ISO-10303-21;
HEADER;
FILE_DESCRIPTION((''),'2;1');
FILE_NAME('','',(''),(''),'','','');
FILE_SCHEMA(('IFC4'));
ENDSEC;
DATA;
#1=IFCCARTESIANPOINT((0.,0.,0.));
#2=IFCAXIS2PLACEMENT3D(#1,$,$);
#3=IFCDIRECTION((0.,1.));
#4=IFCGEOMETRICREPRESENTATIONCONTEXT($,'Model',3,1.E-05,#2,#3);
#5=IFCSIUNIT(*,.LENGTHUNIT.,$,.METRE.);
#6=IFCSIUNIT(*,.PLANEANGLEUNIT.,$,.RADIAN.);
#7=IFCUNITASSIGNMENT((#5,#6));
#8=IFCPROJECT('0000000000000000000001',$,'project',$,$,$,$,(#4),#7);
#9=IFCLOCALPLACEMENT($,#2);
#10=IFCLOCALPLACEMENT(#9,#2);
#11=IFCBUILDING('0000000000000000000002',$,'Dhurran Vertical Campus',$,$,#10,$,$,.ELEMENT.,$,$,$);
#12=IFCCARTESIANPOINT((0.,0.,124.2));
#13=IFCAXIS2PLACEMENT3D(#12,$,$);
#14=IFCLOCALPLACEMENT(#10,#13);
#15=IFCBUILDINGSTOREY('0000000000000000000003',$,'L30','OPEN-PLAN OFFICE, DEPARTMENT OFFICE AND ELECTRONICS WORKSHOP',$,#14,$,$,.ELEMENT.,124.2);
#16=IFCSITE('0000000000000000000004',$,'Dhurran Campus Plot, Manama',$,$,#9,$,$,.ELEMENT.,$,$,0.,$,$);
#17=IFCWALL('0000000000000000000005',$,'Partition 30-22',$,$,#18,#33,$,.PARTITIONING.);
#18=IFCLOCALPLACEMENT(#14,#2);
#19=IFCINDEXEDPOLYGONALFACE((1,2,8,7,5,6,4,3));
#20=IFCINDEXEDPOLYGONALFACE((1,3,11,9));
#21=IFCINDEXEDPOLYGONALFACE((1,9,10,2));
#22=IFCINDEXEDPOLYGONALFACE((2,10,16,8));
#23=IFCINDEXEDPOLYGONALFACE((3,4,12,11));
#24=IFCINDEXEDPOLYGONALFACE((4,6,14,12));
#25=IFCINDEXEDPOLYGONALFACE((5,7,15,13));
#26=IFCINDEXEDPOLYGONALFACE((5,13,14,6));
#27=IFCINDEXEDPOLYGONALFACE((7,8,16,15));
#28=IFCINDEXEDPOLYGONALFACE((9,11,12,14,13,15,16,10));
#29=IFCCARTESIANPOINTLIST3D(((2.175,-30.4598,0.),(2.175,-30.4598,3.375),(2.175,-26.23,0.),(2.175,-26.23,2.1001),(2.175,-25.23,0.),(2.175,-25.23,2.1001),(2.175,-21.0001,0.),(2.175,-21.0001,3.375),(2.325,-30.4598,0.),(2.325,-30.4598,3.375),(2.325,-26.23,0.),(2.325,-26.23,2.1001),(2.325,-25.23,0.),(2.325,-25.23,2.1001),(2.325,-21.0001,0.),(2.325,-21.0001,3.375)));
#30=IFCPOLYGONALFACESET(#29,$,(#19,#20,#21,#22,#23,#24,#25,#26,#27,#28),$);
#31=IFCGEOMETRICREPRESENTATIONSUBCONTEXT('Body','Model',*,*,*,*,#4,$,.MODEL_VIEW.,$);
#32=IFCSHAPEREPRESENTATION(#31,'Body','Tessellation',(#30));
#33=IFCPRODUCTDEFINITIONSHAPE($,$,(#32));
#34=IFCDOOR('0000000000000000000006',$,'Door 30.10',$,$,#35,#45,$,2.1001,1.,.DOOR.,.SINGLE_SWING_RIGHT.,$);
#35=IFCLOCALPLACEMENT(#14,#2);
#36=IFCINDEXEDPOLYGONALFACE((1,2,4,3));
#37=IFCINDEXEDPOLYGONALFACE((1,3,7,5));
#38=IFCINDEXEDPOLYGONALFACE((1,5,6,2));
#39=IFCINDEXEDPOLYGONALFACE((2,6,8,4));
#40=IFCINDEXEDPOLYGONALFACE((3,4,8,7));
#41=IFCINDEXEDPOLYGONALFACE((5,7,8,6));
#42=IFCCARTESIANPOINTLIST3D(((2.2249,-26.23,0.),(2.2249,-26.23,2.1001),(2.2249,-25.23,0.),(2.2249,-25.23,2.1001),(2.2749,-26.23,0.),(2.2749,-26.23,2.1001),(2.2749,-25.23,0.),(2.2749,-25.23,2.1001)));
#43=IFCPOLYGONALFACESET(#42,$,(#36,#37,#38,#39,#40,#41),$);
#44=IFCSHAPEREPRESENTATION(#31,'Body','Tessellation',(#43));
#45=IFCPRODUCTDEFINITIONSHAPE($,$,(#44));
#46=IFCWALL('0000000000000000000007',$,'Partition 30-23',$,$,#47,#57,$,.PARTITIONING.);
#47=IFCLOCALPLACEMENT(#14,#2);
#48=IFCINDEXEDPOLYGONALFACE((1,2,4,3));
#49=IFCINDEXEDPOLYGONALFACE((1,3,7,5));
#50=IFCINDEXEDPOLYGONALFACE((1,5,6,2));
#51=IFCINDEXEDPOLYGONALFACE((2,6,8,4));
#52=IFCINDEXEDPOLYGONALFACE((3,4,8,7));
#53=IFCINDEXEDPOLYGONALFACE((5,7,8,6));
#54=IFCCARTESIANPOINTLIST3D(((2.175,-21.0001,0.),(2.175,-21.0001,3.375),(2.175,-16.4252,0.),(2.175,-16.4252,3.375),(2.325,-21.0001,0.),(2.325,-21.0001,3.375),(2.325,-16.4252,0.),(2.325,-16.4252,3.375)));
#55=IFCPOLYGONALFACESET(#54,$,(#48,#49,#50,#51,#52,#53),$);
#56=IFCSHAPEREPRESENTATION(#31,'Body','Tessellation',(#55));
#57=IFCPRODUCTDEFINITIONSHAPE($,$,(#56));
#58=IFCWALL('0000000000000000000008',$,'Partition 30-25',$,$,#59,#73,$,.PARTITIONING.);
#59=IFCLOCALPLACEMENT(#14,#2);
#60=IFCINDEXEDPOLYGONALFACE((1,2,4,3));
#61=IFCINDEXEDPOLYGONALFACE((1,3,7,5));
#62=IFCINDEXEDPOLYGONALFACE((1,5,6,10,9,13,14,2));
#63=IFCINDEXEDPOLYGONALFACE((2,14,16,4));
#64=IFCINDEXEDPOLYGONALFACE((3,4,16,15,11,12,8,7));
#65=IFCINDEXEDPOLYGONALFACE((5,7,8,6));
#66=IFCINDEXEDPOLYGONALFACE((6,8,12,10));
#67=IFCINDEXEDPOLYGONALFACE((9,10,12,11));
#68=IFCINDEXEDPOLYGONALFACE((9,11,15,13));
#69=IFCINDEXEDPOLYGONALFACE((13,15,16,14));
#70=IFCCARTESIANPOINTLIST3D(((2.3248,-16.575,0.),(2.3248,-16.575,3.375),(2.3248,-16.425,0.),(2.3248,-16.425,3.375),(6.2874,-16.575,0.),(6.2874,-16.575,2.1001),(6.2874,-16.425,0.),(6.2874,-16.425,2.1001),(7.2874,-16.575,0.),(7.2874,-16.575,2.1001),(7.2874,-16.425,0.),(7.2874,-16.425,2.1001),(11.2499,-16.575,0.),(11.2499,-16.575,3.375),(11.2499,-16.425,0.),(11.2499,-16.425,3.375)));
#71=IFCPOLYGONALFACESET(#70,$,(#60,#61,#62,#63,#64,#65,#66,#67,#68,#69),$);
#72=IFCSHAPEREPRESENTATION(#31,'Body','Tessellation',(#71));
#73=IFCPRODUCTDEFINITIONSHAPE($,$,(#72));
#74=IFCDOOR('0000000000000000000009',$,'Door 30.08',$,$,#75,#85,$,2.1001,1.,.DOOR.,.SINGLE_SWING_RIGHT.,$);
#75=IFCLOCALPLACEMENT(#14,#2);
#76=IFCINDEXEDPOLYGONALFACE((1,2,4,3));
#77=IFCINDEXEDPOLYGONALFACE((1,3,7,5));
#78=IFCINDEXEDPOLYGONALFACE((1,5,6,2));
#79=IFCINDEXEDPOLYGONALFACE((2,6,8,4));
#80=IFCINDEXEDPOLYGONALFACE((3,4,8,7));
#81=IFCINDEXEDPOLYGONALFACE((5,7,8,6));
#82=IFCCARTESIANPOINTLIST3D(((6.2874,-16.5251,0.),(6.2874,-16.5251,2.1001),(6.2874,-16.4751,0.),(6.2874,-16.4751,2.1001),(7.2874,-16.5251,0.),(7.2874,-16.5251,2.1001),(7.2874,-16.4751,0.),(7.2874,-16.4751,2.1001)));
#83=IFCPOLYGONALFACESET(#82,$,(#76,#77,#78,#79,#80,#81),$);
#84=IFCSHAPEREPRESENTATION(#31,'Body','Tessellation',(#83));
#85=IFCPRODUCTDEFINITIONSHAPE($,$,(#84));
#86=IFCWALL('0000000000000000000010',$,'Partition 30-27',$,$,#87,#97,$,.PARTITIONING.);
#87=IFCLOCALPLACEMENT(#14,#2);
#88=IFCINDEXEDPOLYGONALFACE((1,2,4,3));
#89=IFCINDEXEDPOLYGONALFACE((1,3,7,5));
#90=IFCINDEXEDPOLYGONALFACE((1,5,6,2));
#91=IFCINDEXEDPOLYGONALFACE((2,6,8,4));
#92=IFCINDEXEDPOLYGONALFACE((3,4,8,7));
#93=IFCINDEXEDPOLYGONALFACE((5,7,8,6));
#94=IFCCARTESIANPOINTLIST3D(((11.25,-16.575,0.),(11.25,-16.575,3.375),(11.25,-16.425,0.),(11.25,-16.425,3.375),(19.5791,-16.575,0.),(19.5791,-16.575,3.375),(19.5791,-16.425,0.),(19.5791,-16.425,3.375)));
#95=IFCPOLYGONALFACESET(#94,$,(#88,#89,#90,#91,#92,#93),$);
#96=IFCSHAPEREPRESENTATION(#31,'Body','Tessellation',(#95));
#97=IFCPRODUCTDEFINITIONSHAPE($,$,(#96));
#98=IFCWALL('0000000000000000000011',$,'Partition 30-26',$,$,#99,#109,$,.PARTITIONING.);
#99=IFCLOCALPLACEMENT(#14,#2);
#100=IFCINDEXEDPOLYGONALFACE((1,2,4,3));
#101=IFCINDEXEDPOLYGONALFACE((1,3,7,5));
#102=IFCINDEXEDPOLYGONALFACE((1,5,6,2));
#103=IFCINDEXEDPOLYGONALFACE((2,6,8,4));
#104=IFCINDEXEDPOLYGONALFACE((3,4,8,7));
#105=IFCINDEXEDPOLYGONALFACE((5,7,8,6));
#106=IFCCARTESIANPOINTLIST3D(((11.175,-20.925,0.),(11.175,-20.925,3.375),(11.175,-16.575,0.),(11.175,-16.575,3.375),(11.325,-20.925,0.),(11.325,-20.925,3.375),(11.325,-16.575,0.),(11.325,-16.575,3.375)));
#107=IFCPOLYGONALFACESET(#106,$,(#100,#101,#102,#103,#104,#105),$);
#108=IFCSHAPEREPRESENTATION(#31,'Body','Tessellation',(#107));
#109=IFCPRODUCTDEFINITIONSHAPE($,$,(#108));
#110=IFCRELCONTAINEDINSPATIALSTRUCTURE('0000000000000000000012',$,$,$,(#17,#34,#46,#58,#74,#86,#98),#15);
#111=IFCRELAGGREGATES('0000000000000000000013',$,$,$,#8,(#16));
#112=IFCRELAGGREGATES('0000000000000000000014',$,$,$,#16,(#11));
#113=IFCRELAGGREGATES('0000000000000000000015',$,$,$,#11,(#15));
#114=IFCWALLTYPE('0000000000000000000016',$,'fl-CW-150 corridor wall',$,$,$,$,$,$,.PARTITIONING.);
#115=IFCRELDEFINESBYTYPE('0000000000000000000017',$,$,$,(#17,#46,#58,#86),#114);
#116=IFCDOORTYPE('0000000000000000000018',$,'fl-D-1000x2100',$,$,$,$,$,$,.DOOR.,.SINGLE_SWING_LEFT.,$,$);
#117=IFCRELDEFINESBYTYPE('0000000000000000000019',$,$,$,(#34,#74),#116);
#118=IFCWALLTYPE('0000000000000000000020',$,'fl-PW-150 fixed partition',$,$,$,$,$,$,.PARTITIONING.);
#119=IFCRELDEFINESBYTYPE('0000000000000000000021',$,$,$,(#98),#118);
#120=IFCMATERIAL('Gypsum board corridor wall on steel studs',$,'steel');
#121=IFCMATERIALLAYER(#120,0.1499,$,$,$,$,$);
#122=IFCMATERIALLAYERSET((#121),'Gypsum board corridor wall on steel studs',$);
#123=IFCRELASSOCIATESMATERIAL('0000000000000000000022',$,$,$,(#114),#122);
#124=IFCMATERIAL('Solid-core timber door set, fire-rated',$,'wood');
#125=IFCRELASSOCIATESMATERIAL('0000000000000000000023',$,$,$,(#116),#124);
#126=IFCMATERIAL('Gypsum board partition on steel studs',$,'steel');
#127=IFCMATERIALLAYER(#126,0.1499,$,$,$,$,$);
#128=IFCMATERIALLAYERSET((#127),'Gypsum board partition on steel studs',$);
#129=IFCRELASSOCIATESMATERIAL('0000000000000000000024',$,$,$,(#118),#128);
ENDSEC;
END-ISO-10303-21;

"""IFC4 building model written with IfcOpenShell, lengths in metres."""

from ifc_helpers import new_model, si_unit, direction, frame, frame_2d, origin, place, context, subcontext, project, spatial, rectangle, extrude, material, layer, layer_set, type_object, element, fill, save


model = new_model("IFC4")

# Units and contexts
model_context = context("Model", 3, precision=1e-05, world=origin(), true_north=direction((0.0, 1.0)))
body_context = subcontext(model_context, "Body", "Model", "MODEL_VIEW")
ifc_project = project(units=[si_unit("LENGTHUNIT", "METRE"), si_unit("PLANEANGLEUNIT", "RADIAN")], contexts=[model_context])

# Site, building, storey
site_placement = place(None, origin())
site = spatial("IfcSite", under=ifc_project, at=site_placement, Name="Dhurran Campus Plot, Manama", CompositionType="ELEMENT", RefElevation=0.0)
building_placement = place(site_placement, origin())
building = spatial("IfcBuilding", under=site, at=building_placement, Name="Dhurran Vertical Campus", CompositionType="ELEMENT")
storey_placement = place(building_placement, frame((0.0, 0.0, 124.2)))
storey = spatial("IfcBuildingStorey", under=building, at=storey_placement, Name="L30", Description="OPEN-PLAN OFFICE, DEPARTMENT OFFICE AND ELECTRONICS WORKSHOP", CompositionType="ELEMENT", Elevation=124.2)

# Wall, opening, door
ifc_material_1 = material(Name="Gypsum board corridor wall on steel studs", Category="steel")
ifc_layer_1 = layer(ifc_material_1, 0.1499)
ifc_layer_set_1 = layer_set([ifc_layer_1], Name="Gypsum board corridor wall on steel studs")
wall_type_1 = type_object("IfcWallType", Name="fl-CW-150 corridor wall", PredefinedType="PARTITIONING", material=ifc_layer_set_1)
wall_1_placement = place(storey_placement, frame((2.25, -21.0, 0.0), z_axis=(0.0, 0.0, 1.0), x_axis=(0.0, -1.0, 0.0)))
wall_1 = element("IfcWall", 1, at=wall_1_placement, inside=storey, type_object=wall_type_1, Name="Partition 30-22", PredefinedType="PARTITIONING", context=body_context, shape_type="SweptSolid", body=[
    extrude(rectangle(XDim=9.4597, YDim=0.1499, at=frame_2d((4.73, 0.0))), origin(), (0.0, 0.0, 1.0), 3.375),
])
opening_1_placement = place(wall_1_placement, frame((4.23, 0.0, 0.0)))
opening_1 = element("IfcOpeningElement", 2, at=opening_1_placement, cuts=wall_1, PredefinedType="OPENING", context=body_context, shape_type="SweptSolid", body=[
    extrude(rectangle(XDim=1.0, YDim=2.1001, at=frame_2d((0.5, 1.05))), frame((0.0, 0.085, 0.0), z_axis=(0.0, -1.0, 0.0), x_axis=(1.0, 0.0, 0.0)), (0.0, 0.0, 1.0), 0.1699),
])
ifc_material_2 = material(Name="Solid-core timber door set, fire-rated", Category="wood")
door_type_1 = type_object("IfcDoorType", Name="fl-D-1000x2100", OperationType="SINGLE_SWING_LEFT", PredefinedType="DOOR", material=ifc_material_2)
door_1_placement = place(opening_1_placement, origin())
door_1 = element("IfcDoor", 3, at=door_1_placement, inside=storey, type_object=door_type_1, Name="Door 30.10", OperationType="SINGLE_SWING_RIGHT", OverallHeight=2.1001, OverallWidth=1.0, PredefinedType="DOOR", context=body_context, shape_type="SweptSolid", body=[
    extrude(rectangle(XDim=1.0, YDim=2.1001, at=frame_2d((0.5, 1.05))), frame((0.0, 0.0249, 0.0), z_axis=(0.0, -1.0, 0.0), x_axis=(1.0, 0.0, 0.0)), (0.0, 0.0, 1.0), 0.05),
])
fill(opening_1, door_1)

# Wall
wall_2_placement = place(storey_placement, frame((2.25, -16.425, 0.0), z_axis=(0.0, 0.0, 1.0), x_axis=(0.0, -1.0, 0.0)))
element("IfcWall", 4, at=wall_2_placement, inside=storey, type_object=wall_type_1, Name="Partition 30-23", PredefinedType="PARTITIONING", context=body_context, shape_type="SweptSolid", body=[
    extrude(rectangle(XDim=4.575, YDim=0.1499, at=frame_2d((2.2876, 0.0))), origin(), (0.0, 0.0, 1.0), 3.375),
])

# Wall, opening, door
wall_3_placement = place(storey_placement, frame((2.325, -16.5, 0.0), z_axis=(0.0, 0.0, 1.0), x_axis=(1.0, 0.0, 0.0)))
wall_3 = element("IfcWall", 5, at=wall_3_placement, inside=storey, type_object=wall_type_1, Name="Partition 30-25", PredefinedType="PARTITIONING", context=body_context, shape_type="SweptSolid", body=[
    extrude(rectangle(XDim=8.925, YDim=0.1499, at=frame_2d((4.4624, 0.0))), origin(), (0.0, 0.0, 1.0), 3.375),
])
opening_2_placement = place(wall_3_placement, frame((3.9624, 0.0, 0.0)))
opening_2 = element("IfcOpeningElement", 6, at=opening_2_placement, cuts=wall_3, PredefinedType="OPENING", context=body_context, shape_type="SweptSolid", body=[
    extrude(rectangle(XDim=1.0, YDim=2.1001, at=frame_2d((0.5, 1.05))), frame((0.0, 0.085, 0.0), z_axis=(0.0, -1.0, 0.0), x_axis=(1.0, 0.0, 0.0)), (0.0, 0.0, 1.0), 0.1699),
])
door_2_placement = place(opening_2_placement, origin())
door_2 = element("IfcDoor", 7, at=door_2_placement, inside=storey, type_object=door_type_1, Name="Door 30.08", OperationType="SINGLE_SWING_RIGHT", OverallHeight=2.1001, OverallWidth=1.0, PredefinedType="DOOR", context=body_context, shape_type="SweptSolid", body=[
    extrude(rectangle(XDim=1.0, YDim=2.1001, at=frame_2d((0.5, 1.05))), frame((0.0, 0.0249, 0.0), z_axis=(0.0, -1.0, 0.0), x_axis=(1.0, 0.0, 0.0)), (0.0, 0.0, 1.0), 0.05),
])
fill(opening_2, door_2)

# Walls
wall_4_placement = place(storey_placement, frame((11.25, -16.5, 0.0), z_axis=(0.0, 0.0, 1.0), x_axis=(1.0, 0.0, 0.0)))
element("IfcWall", 8, at=wall_4_placement, inside=storey, type_object=wall_type_1, Name="Partition 30-27", PredefinedType="PARTITIONING", context=body_context, shape_type="SweptSolid", body=[
    extrude(rectangle(XDim=8.3291, YDim=0.1499, at=frame_2d((4.1646, 0.0))), origin(), (0.0, 0.0, 1.0), 3.375),
])
ifc_material_3 = material(Name="Gypsum board partition on steel studs", Category="steel")
ifc_layer_2 = layer(ifc_material_3, 0.1499)
ifc_layer_set_2 = layer_set([ifc_layer_2], Name="Gypsum board partition on steel studs")
wall_type_2 = type_object("IfcWallType", Name="fl-PW-150 fixed partition", PredefinedType="PARTITIONING", material=ifc_layer_set_2)
wall_5_placement = place(storey_placement, frame((11.25, -16.575, 0.0), z_axis=(0.0, 0.0, 1.0), x_axis=(0.0, -1.0, 0.0)))
element("IfcWall", 9, at=wall_5_placement, inside=storey, type_object=wall_type_2, Name="Partition 30-26", PredefinedType="PARTITIONING", context=body_context, shape_type="SweptSolid", body=[
    extrude(rectangle(XDim=4.3501, YDim=0.1499, at=frame_2d((2.175, 0.0))), origin(), (0.0, 0.0, 1.0), 3.375),
])

save(model, "model.ifc")
